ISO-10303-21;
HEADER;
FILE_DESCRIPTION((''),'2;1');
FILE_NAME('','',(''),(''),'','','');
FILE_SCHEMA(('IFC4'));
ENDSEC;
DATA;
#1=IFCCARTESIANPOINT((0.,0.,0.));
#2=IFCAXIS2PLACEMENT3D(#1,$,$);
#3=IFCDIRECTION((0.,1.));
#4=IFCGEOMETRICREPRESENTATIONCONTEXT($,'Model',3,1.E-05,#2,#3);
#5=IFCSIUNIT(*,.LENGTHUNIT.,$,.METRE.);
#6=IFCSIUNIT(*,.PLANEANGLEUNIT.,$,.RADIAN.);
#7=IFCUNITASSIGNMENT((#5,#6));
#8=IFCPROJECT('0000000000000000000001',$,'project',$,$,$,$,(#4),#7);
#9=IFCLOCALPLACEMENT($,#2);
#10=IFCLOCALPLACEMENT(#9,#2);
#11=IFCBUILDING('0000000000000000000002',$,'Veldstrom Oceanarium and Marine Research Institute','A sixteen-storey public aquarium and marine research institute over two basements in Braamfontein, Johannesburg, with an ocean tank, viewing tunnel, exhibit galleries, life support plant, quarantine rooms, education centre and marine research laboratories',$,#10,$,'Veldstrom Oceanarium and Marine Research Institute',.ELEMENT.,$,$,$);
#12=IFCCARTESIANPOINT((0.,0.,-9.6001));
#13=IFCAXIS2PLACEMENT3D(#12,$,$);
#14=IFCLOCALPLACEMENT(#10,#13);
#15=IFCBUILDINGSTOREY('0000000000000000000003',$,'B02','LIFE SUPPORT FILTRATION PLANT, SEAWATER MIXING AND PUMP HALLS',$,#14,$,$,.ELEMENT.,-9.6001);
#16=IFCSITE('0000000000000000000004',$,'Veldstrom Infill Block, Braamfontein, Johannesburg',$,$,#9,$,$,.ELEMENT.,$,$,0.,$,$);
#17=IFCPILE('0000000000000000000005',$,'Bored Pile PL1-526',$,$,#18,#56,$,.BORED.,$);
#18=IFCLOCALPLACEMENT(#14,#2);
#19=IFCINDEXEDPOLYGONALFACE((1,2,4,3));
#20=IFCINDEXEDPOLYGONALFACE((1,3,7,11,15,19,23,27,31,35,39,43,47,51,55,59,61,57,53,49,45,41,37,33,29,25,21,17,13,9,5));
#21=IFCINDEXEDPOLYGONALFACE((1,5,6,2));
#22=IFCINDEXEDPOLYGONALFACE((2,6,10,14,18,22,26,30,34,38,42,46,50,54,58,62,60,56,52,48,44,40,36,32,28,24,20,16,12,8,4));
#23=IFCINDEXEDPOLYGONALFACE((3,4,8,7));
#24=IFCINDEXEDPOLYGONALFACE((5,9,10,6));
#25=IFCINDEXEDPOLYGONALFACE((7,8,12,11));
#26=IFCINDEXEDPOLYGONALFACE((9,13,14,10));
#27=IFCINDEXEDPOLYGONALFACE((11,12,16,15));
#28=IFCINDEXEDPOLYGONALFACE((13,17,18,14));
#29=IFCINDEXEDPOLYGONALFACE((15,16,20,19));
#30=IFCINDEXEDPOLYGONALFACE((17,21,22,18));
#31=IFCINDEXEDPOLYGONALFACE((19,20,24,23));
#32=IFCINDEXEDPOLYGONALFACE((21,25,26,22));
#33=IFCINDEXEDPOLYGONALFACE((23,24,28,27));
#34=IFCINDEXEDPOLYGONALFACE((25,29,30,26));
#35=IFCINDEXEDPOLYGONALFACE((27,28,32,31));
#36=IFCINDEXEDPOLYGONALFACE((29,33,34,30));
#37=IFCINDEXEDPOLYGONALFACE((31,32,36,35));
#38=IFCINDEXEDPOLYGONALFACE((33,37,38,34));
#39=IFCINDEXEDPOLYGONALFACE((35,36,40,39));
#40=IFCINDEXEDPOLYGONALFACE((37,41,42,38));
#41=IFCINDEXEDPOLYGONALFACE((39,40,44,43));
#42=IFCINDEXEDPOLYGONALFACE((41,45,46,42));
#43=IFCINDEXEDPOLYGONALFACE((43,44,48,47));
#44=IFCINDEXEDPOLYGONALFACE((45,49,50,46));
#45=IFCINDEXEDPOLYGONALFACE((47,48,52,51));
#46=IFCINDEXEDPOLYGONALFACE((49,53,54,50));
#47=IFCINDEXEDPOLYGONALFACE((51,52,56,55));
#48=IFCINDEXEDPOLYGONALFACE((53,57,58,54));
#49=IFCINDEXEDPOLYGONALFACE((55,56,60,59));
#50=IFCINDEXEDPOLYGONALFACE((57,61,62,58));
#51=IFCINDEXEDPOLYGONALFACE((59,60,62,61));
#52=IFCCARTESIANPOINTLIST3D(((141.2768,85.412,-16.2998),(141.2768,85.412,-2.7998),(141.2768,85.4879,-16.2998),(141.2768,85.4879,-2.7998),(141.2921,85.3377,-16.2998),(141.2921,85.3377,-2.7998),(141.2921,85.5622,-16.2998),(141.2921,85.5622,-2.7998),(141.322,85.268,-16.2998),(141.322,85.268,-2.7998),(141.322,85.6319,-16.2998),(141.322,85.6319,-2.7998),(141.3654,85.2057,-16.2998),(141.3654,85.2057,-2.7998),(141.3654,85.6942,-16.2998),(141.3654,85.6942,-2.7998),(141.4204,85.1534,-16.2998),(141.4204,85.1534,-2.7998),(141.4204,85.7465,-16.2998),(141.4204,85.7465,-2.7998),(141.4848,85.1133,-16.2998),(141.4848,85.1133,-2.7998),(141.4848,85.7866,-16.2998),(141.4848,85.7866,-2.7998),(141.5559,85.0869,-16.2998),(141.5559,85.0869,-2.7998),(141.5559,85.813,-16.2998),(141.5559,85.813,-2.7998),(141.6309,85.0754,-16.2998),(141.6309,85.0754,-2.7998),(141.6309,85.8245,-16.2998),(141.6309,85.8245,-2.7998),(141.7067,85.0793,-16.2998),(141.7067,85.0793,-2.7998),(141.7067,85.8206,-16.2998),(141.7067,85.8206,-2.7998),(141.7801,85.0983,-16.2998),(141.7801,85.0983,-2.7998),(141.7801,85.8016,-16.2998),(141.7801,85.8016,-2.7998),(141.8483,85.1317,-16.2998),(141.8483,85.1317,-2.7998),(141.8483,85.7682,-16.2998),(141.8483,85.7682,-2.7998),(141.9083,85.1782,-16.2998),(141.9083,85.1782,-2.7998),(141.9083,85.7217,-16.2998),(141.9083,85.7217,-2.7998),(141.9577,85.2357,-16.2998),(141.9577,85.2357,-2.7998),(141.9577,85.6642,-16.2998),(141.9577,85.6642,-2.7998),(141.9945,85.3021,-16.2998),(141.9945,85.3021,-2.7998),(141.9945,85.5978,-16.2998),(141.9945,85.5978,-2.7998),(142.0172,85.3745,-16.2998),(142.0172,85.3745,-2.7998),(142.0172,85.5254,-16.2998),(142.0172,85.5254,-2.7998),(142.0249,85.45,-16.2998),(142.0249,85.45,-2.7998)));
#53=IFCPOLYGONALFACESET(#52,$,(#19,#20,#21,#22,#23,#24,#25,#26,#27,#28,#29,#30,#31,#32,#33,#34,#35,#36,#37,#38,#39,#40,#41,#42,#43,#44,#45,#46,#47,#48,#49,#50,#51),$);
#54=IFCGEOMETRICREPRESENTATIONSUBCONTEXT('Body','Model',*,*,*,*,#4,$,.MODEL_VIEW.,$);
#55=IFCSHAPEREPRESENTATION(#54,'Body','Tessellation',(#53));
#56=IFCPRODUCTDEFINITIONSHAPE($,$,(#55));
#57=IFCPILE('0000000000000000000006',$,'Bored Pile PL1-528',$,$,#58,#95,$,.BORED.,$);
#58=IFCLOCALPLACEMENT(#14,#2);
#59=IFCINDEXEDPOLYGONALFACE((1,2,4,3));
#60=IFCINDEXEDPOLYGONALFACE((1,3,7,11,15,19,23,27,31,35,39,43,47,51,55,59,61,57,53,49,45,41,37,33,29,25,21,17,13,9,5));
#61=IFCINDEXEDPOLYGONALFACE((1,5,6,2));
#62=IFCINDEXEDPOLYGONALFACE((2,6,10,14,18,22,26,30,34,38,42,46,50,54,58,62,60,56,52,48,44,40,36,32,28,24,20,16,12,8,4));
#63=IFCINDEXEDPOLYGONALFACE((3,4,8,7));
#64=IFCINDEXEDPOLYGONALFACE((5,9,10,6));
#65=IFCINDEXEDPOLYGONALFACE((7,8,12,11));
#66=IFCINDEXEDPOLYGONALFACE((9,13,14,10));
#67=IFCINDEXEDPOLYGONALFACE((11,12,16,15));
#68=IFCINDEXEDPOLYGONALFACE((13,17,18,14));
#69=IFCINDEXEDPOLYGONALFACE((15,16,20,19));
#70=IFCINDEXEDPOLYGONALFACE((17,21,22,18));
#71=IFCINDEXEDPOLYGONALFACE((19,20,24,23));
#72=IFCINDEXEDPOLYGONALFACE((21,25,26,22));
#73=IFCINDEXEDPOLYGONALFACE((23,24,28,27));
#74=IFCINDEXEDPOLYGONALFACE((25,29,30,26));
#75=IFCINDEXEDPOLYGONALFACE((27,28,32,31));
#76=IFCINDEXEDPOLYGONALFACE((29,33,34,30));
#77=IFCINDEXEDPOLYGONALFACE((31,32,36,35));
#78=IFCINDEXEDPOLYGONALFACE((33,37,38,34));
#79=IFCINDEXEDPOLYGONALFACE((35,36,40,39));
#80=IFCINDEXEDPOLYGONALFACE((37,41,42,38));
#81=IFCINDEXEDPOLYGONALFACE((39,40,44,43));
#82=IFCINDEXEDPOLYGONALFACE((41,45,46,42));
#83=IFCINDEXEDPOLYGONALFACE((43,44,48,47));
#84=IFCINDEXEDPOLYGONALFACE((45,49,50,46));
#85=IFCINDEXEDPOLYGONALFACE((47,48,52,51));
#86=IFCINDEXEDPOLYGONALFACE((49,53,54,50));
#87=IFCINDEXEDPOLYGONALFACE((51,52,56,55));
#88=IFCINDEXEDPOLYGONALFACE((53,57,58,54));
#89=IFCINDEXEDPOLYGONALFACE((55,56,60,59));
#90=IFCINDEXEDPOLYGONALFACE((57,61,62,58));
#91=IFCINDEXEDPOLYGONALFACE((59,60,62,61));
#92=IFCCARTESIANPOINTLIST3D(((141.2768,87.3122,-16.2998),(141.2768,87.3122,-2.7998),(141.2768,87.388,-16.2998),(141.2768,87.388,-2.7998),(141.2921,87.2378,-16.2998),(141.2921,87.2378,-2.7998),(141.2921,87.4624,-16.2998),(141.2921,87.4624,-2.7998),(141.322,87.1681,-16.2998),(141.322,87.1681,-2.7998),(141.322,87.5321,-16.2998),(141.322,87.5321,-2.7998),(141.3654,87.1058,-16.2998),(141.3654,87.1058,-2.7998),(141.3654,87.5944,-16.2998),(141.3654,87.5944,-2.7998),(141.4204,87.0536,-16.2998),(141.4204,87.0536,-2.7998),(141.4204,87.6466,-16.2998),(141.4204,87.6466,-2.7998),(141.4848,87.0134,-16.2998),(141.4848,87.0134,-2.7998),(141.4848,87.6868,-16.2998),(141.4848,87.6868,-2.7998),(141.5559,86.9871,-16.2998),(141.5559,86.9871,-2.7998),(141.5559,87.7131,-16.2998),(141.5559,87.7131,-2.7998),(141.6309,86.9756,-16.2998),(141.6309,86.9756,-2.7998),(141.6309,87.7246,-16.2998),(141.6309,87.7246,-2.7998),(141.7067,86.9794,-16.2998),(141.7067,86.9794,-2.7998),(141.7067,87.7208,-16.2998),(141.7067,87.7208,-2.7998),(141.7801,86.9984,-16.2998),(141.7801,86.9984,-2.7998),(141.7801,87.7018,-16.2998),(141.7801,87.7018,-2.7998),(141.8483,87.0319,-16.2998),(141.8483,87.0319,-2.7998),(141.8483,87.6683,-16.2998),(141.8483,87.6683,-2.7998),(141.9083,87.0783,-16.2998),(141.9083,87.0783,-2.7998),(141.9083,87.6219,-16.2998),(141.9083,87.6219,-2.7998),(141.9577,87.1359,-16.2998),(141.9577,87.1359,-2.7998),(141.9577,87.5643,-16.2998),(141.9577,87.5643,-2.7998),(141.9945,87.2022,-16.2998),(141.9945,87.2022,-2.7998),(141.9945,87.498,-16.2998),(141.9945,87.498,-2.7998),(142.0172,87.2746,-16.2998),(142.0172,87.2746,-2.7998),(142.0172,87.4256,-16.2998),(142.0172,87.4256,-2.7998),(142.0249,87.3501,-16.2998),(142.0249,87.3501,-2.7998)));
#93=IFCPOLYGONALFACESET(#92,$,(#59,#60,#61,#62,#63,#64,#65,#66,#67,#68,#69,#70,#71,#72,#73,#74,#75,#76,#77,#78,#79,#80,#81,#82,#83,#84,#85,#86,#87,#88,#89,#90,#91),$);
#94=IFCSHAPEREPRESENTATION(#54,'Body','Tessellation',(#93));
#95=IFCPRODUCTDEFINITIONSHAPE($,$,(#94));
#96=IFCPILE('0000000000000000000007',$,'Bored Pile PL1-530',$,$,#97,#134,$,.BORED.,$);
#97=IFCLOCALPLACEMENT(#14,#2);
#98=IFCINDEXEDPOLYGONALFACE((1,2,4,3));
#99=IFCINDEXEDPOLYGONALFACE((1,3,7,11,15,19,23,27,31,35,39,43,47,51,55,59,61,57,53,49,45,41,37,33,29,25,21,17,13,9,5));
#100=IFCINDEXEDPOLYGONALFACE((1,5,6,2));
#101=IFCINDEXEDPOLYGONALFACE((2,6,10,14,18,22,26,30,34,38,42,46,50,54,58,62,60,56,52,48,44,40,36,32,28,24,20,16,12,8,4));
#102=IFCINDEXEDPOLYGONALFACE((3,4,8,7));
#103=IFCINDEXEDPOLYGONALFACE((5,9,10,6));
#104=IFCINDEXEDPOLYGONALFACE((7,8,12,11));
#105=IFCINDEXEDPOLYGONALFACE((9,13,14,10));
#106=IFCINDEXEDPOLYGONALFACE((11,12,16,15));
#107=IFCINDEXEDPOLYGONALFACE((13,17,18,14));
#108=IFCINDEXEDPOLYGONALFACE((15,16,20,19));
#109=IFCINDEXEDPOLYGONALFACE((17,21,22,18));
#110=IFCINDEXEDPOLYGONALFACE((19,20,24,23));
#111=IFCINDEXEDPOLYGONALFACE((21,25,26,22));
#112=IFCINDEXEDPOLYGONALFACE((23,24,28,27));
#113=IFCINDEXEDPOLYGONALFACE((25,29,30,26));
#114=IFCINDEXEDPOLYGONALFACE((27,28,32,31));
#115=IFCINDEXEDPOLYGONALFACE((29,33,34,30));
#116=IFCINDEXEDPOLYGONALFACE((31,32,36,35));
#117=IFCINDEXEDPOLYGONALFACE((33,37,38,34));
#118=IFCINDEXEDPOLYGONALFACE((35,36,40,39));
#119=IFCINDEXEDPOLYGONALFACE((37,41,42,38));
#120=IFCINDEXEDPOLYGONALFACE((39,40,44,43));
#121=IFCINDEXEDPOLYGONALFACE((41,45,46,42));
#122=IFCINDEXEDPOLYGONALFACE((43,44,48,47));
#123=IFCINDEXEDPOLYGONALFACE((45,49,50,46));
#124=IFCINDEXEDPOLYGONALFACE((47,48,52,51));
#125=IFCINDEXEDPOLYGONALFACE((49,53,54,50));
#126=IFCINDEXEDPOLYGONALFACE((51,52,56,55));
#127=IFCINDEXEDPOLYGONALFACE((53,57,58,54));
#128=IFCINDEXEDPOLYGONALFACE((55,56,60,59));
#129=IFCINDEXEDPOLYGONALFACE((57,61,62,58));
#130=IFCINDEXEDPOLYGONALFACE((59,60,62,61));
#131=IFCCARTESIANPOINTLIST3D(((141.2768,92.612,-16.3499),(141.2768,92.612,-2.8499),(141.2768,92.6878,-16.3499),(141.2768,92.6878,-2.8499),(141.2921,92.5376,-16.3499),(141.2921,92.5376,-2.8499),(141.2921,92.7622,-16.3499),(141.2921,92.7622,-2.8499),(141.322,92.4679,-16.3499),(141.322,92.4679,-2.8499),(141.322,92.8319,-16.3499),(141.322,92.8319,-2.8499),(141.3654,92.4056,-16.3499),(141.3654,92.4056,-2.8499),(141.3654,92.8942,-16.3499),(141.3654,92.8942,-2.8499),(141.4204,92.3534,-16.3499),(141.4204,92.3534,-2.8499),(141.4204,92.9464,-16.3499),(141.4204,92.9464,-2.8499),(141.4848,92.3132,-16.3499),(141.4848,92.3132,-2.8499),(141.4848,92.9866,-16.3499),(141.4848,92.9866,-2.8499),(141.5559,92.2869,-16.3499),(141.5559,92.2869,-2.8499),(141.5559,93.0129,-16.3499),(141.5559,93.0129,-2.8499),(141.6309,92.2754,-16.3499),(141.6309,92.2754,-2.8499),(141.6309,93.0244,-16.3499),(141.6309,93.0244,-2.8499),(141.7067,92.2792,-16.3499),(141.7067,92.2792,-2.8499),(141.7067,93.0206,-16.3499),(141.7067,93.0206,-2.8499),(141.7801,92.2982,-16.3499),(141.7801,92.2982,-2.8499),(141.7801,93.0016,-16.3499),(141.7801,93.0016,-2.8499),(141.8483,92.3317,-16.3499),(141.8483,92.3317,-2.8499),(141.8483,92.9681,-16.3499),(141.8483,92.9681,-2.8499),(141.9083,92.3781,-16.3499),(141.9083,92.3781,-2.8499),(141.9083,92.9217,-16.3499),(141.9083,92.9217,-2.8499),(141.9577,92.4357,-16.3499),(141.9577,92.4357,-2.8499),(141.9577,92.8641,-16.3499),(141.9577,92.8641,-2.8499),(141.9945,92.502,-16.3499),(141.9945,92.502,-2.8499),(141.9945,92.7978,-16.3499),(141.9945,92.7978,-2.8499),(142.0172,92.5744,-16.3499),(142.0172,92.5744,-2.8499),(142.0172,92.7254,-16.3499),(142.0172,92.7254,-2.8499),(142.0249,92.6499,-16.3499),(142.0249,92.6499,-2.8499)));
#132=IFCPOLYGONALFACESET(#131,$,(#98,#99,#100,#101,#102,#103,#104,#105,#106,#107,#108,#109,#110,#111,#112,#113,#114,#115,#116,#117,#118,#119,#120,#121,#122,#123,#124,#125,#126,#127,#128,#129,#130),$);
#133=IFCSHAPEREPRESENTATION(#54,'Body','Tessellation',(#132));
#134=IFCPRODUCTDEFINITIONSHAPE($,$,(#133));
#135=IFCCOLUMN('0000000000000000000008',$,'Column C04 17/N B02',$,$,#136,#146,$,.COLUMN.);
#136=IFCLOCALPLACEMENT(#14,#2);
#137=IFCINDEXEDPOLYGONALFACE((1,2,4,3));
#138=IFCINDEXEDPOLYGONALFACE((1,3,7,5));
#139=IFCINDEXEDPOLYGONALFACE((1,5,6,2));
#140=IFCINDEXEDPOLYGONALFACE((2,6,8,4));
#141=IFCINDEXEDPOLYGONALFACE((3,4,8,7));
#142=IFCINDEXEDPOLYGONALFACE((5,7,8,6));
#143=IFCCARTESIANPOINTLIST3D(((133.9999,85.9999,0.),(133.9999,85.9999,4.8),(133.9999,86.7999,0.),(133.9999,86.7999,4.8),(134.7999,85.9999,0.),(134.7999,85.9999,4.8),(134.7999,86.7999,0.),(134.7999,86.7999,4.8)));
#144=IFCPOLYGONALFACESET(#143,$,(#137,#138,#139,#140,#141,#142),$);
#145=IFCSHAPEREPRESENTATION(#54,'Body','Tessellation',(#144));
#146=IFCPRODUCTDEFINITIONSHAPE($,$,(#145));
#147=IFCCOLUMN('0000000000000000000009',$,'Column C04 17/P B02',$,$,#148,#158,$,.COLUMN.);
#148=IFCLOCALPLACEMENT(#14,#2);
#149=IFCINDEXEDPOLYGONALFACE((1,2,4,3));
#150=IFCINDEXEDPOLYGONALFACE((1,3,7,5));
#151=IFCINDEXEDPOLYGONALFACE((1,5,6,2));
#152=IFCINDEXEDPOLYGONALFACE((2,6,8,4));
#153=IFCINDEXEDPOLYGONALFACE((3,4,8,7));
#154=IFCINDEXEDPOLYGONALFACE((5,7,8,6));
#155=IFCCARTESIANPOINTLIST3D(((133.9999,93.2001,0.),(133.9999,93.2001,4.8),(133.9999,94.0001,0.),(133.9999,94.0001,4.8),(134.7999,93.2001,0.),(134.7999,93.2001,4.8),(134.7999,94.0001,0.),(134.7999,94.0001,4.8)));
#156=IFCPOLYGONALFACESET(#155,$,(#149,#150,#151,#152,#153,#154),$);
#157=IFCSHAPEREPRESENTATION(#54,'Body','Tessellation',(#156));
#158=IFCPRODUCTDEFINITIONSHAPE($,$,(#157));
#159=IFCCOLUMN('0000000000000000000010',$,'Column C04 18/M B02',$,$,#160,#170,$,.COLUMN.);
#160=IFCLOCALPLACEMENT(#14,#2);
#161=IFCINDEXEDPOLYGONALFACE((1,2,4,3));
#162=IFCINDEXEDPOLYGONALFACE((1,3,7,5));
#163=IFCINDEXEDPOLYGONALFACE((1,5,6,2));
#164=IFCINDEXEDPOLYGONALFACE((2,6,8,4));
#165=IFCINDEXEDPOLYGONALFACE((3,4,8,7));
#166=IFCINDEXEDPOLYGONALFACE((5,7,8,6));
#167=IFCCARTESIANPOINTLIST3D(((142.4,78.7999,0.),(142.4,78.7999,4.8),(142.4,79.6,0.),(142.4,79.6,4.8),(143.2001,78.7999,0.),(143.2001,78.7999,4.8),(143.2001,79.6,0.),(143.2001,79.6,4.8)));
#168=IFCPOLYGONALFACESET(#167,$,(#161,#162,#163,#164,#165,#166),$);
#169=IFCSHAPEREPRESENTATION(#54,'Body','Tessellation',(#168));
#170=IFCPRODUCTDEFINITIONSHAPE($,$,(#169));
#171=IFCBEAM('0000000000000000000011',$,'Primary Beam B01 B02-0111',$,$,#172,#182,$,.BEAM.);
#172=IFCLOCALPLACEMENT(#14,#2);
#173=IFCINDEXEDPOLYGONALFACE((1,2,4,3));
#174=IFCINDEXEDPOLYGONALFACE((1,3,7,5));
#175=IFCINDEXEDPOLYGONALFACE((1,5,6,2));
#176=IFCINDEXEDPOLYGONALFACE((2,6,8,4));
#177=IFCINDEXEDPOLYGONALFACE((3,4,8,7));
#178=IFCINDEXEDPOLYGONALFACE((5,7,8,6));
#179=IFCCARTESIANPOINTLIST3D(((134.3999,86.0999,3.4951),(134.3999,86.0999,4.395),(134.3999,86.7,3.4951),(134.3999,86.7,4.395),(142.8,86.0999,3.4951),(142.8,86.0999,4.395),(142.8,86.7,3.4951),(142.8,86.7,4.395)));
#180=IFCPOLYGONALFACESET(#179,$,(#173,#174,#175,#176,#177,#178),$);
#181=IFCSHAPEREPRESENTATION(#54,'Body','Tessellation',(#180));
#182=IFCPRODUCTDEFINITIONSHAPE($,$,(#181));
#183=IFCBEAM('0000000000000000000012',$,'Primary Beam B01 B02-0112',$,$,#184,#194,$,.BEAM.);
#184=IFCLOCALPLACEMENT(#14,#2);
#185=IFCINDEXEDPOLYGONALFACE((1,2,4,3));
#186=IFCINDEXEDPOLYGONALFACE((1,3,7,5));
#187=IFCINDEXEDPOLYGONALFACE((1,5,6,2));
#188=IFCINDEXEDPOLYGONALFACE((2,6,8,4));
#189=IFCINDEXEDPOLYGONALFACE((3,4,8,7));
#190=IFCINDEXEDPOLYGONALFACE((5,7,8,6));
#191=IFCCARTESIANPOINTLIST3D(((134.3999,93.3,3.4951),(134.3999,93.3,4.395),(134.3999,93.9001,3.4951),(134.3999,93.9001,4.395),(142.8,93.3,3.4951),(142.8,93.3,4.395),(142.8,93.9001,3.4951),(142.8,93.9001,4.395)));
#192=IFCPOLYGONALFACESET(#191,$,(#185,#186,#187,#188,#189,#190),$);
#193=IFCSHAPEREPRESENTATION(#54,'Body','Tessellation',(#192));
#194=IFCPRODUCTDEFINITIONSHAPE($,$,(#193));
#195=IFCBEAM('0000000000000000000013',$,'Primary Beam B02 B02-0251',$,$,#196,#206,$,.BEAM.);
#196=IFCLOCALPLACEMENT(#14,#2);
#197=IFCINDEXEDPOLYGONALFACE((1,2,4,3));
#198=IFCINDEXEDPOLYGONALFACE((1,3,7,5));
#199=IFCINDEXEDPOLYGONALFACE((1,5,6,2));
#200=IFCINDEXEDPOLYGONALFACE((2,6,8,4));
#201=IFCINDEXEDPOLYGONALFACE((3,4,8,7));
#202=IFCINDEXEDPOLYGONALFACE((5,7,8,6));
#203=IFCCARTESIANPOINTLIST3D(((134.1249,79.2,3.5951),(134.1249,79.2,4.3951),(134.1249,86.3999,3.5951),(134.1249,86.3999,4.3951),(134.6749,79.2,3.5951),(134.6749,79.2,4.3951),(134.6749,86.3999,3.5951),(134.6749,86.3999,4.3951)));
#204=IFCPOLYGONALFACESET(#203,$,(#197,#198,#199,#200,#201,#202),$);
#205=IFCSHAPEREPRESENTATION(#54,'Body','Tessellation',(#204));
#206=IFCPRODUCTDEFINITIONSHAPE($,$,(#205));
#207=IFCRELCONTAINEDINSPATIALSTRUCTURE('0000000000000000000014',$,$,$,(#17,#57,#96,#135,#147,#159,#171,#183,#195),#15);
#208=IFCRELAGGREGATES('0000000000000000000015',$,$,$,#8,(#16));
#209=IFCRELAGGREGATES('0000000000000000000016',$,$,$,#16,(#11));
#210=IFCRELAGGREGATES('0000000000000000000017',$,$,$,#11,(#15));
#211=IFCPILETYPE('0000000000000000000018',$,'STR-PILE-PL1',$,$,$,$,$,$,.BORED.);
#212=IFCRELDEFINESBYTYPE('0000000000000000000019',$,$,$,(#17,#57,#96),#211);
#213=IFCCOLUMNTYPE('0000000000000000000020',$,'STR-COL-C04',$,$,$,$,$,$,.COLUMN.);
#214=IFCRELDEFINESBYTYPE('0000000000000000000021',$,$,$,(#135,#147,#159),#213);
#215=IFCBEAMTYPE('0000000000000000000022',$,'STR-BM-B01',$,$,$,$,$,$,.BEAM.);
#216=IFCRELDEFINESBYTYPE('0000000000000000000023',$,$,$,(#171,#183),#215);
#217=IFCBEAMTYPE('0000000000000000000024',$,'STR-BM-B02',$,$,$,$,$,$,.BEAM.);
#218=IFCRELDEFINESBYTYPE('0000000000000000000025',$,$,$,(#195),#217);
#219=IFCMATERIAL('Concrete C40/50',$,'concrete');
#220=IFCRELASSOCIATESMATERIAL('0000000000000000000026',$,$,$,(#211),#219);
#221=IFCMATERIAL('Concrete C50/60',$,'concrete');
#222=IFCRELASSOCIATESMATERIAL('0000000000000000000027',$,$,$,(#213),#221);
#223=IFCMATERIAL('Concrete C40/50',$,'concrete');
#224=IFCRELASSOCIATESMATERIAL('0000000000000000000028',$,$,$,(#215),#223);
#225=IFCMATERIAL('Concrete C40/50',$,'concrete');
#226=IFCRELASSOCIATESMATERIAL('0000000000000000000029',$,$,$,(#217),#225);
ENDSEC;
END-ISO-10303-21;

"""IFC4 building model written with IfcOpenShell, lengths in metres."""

from ifc_helpers import new_model, si_unit, direction, frame, origin, origin_2d, place, context, subcontext, project, spatial, rectangle, circle, extrude, material, material_profile, profile_set, type_object, element, save


model = new_model("IFC4")

# Units and contexts
model_context = context("Model", 3, precision=1e-05, world=origin(), true_north=direction((0.0, 1.0)))
body_context = subcontext(model_context, "Body", "Model", "MODEL_VIEW")
ifc_project = project(units=[si_unit("LENGTHUNIT", "METRE"), si_unit("PLANEANGLEUNIT", "RADIAN")], contexts=[model_context])

# Site, building, storey
site_placement = place(None, origin())
site = spatial("IfcSite", under=ifc_project, at=site_placement, Name="Veldstrom Infill Block, Braamfontein, Johannesburg", CompositionType="ELEMENT", RefElevation=0.0)
building_placement = place(site_placement, origin())
building = spatial("IfcBuilding", under=site, at=building_placement, Name="Veldstrom Oceanarium and Marine Research Institute", Description="A sixteen-storey public aquarium and marine research institute over two basements in Braamfontein, Johannesburg, with an ocean tank, viewing tunnel, exhibit galleries, life support plant, quarantine rooms, education centre and marine research laboratories", LongName="Veldstrom Oceanarium and Marine Research Institute", CompositionType="ELEMENT")
storey_placement = place(building_placement, frame((0.0, 0.0, -9.6001)))
storey = spatial("IfcBuildingStorey", under=building, at=storey_placement, Name="B02", Description="LIFE SUPPORT FILTRATION PLANT, SEAWATER MIXING AND PUMP HALLS", CompositionType="ELEMENT", Elevation=-9.6001)

# Piles
ifc_material_1 = material(Name="Concrete C40/50", Category="concrete")
ifc_material_profile_1 = material_profile(ifc_material_1, circle(Radius=0.375, at=origin_2d()), Name="PILE-D750")
ifc_profile_set_1 = profile_set([ifc_material_profile_1], Name="Concrete C40/50")
pile_type = type_object("IfcPileType", Name="STR-PILE-PL1", PredefinedType="BORED", material=ifc_profile_set_1)
for number, where, z_axis, x_axis, name in (
    (1, (141.6499, 85.45, -2.7998), (0.0, 0.0, -1.0), (1.0, 0.0, 0.0), "Bored Pile PL1-526"),
    (2, (141.6499, 87.3501, -2.7998), (0.0, 0.0, -1.0), (1.0, 0.0, 0.0), "Bored Pile PL1-528"),
    (3, (141.6499, 92.6499, -2.8499), (0.0, 0.0, -1.0), (1.0, 0.0, 0.0), "Bored Pile PL1-530"),
):
    element("IfcPile", number, at=place(storey_placement, frame(where, z_axis=z_axis, x_axis=x_axis)), inside=storey, type_object=pile_type, Name=name, PredefinedType="BORED", context=body_context, shape_type="SweptSolid", body=[
        extrude(circle(Radius=0.375, at=origin_2d()), origin(), (0.0, 0.0, 1.0), 13.5),
    ])

# Columns
ifc_material_2 = material(Name="Concrete C50/60", Category="concrete")
ifc_material_profile_2 = material_profile(ifc_material_2, rectangle(XDim=0.8, YDim=0.8, at=origin_2d()), Name="RC-COL-800x800")
ifc_profile_set_2 = profile_set([ifc_material_profile_2], Name="Concrete C50/60")
column_type = type_object("IfcColumnType", Name="STR-COL-C04", PredefinedType="COLUMN", material=ifc_profile_set_2)
for number, where, z_axis, x_axis, name in (
    (4, (134.3999, 86.3999, 0.0), (0.0, 0.0, 1.0), (1.0, 0.0, 0.0), "Column C04 17/N B02"),
    (5, (134.3999, 93.6001, 0.0), (0.0, 0.0, 1.0), (1.0, 0.0, 0.0), "Column C04 17/P B02"),
    (6, (142.8, 79.2, 0.0), (0.0, 0.0, 1.0), (1.0, 0.0, 0.0), "Column C04 18/M B02"),
):
    element("IfcColumn", number, at=place(storey_placement, frame(where, z_axis=z_axis, x_axis=x_axis)), inside=storey, type_object=column_type, Name=name, PredefinedType="COLUMN", context=body_context, shape_type="SweptSolid", body=[
        extrude(rectangle(XDim=0.8, YDim=0.8, at=origin_2d()), origin(), (0.0, 0.0, 1.0), 4.8),
    ])

# Beams
ifc_material_3 = material(Name="Concrete C40/50", Category="concrete")
ifc_material_profile_3 = material_profile(ifc_material_3, rectangle(XDim=0.6001, YDim=0.8999, at=origin_2d()), Name="RC-BM-600x900")
ifc_profile_set_3 = profile_set([ifc_material_profile_3], Name="Concrete C40/50")
beam_type_1 = type_object("IfcBeamType", Name="STR-BM-B01", PredefinedType="BEAM", material=ifc_profile_set_3)
for number, where, z_axis, x_axis, name in (
    (7, (134.3999, 86.3999, 3.9451), (1.0, 0.0, 0.0), (0.0, 1.0, 0.0), "Primary Beam B01 B02-0111"),
    (8, (134.3999, 93.6001, 3.9451), (1.0, 0.0, 0.0), (0.0, 1.0, 0.0), "Primary Beam B01 B02-0112"),
):
    element("IfcBeam", number, at=place(storey_placement, frame(where, z_axis=z_axis, x_axis=x_axis)), inside=storey, type_object=beam_type_1, Name=name, PredefinedType="BEAM", context=body_context, shape_type="SweptSolid", body=[
        extrude(rectangle(XDim=0.6001, YDim=0.8999, at=origin_2d()), origin(), (0.0, 0.0, 1.0), 8.4001),
    ])
ifc_material_4 = material(Name="Concrete C40/50", Category="concrete")
ifc_material_profile_4 = material_profile(ifc_material_4, rectangle(XDim=0.55, YDim=0.8, at=origin_2d()), Name="RC-BM-550x800")
ifc_profile_set_4 = profile_set([ifc_material_profile_4], Name="Concrete C40/50")
beam_type_2 = type_object("IfcBeamType", Name="STR-BM-B02", PredefinedType="BEAM", material=ifc_profile_set_4)
beam_1_placement = place(storey_placement, frame((134.3999, 79.2, 3.9951), z_axis=(0.0, 1.0, 0.0), x_axis=(-1.0, 0.0, 0.0)))
element("IfcBeam", 9, at=beam_1_placement, inside=storey, type_object=beam_type_2, Name="Primary Beam B02 B02-0251", PredefinedType="BEAM", context=body_context, shape_type="SweptSolid", body=[
    extrude(rectangle(XDim=0.55, YDim=0.8, at=origin_2d()), origin(), (0.0, 0.0, 1.0), 7.2),
])

save(model, "model.ifc")
